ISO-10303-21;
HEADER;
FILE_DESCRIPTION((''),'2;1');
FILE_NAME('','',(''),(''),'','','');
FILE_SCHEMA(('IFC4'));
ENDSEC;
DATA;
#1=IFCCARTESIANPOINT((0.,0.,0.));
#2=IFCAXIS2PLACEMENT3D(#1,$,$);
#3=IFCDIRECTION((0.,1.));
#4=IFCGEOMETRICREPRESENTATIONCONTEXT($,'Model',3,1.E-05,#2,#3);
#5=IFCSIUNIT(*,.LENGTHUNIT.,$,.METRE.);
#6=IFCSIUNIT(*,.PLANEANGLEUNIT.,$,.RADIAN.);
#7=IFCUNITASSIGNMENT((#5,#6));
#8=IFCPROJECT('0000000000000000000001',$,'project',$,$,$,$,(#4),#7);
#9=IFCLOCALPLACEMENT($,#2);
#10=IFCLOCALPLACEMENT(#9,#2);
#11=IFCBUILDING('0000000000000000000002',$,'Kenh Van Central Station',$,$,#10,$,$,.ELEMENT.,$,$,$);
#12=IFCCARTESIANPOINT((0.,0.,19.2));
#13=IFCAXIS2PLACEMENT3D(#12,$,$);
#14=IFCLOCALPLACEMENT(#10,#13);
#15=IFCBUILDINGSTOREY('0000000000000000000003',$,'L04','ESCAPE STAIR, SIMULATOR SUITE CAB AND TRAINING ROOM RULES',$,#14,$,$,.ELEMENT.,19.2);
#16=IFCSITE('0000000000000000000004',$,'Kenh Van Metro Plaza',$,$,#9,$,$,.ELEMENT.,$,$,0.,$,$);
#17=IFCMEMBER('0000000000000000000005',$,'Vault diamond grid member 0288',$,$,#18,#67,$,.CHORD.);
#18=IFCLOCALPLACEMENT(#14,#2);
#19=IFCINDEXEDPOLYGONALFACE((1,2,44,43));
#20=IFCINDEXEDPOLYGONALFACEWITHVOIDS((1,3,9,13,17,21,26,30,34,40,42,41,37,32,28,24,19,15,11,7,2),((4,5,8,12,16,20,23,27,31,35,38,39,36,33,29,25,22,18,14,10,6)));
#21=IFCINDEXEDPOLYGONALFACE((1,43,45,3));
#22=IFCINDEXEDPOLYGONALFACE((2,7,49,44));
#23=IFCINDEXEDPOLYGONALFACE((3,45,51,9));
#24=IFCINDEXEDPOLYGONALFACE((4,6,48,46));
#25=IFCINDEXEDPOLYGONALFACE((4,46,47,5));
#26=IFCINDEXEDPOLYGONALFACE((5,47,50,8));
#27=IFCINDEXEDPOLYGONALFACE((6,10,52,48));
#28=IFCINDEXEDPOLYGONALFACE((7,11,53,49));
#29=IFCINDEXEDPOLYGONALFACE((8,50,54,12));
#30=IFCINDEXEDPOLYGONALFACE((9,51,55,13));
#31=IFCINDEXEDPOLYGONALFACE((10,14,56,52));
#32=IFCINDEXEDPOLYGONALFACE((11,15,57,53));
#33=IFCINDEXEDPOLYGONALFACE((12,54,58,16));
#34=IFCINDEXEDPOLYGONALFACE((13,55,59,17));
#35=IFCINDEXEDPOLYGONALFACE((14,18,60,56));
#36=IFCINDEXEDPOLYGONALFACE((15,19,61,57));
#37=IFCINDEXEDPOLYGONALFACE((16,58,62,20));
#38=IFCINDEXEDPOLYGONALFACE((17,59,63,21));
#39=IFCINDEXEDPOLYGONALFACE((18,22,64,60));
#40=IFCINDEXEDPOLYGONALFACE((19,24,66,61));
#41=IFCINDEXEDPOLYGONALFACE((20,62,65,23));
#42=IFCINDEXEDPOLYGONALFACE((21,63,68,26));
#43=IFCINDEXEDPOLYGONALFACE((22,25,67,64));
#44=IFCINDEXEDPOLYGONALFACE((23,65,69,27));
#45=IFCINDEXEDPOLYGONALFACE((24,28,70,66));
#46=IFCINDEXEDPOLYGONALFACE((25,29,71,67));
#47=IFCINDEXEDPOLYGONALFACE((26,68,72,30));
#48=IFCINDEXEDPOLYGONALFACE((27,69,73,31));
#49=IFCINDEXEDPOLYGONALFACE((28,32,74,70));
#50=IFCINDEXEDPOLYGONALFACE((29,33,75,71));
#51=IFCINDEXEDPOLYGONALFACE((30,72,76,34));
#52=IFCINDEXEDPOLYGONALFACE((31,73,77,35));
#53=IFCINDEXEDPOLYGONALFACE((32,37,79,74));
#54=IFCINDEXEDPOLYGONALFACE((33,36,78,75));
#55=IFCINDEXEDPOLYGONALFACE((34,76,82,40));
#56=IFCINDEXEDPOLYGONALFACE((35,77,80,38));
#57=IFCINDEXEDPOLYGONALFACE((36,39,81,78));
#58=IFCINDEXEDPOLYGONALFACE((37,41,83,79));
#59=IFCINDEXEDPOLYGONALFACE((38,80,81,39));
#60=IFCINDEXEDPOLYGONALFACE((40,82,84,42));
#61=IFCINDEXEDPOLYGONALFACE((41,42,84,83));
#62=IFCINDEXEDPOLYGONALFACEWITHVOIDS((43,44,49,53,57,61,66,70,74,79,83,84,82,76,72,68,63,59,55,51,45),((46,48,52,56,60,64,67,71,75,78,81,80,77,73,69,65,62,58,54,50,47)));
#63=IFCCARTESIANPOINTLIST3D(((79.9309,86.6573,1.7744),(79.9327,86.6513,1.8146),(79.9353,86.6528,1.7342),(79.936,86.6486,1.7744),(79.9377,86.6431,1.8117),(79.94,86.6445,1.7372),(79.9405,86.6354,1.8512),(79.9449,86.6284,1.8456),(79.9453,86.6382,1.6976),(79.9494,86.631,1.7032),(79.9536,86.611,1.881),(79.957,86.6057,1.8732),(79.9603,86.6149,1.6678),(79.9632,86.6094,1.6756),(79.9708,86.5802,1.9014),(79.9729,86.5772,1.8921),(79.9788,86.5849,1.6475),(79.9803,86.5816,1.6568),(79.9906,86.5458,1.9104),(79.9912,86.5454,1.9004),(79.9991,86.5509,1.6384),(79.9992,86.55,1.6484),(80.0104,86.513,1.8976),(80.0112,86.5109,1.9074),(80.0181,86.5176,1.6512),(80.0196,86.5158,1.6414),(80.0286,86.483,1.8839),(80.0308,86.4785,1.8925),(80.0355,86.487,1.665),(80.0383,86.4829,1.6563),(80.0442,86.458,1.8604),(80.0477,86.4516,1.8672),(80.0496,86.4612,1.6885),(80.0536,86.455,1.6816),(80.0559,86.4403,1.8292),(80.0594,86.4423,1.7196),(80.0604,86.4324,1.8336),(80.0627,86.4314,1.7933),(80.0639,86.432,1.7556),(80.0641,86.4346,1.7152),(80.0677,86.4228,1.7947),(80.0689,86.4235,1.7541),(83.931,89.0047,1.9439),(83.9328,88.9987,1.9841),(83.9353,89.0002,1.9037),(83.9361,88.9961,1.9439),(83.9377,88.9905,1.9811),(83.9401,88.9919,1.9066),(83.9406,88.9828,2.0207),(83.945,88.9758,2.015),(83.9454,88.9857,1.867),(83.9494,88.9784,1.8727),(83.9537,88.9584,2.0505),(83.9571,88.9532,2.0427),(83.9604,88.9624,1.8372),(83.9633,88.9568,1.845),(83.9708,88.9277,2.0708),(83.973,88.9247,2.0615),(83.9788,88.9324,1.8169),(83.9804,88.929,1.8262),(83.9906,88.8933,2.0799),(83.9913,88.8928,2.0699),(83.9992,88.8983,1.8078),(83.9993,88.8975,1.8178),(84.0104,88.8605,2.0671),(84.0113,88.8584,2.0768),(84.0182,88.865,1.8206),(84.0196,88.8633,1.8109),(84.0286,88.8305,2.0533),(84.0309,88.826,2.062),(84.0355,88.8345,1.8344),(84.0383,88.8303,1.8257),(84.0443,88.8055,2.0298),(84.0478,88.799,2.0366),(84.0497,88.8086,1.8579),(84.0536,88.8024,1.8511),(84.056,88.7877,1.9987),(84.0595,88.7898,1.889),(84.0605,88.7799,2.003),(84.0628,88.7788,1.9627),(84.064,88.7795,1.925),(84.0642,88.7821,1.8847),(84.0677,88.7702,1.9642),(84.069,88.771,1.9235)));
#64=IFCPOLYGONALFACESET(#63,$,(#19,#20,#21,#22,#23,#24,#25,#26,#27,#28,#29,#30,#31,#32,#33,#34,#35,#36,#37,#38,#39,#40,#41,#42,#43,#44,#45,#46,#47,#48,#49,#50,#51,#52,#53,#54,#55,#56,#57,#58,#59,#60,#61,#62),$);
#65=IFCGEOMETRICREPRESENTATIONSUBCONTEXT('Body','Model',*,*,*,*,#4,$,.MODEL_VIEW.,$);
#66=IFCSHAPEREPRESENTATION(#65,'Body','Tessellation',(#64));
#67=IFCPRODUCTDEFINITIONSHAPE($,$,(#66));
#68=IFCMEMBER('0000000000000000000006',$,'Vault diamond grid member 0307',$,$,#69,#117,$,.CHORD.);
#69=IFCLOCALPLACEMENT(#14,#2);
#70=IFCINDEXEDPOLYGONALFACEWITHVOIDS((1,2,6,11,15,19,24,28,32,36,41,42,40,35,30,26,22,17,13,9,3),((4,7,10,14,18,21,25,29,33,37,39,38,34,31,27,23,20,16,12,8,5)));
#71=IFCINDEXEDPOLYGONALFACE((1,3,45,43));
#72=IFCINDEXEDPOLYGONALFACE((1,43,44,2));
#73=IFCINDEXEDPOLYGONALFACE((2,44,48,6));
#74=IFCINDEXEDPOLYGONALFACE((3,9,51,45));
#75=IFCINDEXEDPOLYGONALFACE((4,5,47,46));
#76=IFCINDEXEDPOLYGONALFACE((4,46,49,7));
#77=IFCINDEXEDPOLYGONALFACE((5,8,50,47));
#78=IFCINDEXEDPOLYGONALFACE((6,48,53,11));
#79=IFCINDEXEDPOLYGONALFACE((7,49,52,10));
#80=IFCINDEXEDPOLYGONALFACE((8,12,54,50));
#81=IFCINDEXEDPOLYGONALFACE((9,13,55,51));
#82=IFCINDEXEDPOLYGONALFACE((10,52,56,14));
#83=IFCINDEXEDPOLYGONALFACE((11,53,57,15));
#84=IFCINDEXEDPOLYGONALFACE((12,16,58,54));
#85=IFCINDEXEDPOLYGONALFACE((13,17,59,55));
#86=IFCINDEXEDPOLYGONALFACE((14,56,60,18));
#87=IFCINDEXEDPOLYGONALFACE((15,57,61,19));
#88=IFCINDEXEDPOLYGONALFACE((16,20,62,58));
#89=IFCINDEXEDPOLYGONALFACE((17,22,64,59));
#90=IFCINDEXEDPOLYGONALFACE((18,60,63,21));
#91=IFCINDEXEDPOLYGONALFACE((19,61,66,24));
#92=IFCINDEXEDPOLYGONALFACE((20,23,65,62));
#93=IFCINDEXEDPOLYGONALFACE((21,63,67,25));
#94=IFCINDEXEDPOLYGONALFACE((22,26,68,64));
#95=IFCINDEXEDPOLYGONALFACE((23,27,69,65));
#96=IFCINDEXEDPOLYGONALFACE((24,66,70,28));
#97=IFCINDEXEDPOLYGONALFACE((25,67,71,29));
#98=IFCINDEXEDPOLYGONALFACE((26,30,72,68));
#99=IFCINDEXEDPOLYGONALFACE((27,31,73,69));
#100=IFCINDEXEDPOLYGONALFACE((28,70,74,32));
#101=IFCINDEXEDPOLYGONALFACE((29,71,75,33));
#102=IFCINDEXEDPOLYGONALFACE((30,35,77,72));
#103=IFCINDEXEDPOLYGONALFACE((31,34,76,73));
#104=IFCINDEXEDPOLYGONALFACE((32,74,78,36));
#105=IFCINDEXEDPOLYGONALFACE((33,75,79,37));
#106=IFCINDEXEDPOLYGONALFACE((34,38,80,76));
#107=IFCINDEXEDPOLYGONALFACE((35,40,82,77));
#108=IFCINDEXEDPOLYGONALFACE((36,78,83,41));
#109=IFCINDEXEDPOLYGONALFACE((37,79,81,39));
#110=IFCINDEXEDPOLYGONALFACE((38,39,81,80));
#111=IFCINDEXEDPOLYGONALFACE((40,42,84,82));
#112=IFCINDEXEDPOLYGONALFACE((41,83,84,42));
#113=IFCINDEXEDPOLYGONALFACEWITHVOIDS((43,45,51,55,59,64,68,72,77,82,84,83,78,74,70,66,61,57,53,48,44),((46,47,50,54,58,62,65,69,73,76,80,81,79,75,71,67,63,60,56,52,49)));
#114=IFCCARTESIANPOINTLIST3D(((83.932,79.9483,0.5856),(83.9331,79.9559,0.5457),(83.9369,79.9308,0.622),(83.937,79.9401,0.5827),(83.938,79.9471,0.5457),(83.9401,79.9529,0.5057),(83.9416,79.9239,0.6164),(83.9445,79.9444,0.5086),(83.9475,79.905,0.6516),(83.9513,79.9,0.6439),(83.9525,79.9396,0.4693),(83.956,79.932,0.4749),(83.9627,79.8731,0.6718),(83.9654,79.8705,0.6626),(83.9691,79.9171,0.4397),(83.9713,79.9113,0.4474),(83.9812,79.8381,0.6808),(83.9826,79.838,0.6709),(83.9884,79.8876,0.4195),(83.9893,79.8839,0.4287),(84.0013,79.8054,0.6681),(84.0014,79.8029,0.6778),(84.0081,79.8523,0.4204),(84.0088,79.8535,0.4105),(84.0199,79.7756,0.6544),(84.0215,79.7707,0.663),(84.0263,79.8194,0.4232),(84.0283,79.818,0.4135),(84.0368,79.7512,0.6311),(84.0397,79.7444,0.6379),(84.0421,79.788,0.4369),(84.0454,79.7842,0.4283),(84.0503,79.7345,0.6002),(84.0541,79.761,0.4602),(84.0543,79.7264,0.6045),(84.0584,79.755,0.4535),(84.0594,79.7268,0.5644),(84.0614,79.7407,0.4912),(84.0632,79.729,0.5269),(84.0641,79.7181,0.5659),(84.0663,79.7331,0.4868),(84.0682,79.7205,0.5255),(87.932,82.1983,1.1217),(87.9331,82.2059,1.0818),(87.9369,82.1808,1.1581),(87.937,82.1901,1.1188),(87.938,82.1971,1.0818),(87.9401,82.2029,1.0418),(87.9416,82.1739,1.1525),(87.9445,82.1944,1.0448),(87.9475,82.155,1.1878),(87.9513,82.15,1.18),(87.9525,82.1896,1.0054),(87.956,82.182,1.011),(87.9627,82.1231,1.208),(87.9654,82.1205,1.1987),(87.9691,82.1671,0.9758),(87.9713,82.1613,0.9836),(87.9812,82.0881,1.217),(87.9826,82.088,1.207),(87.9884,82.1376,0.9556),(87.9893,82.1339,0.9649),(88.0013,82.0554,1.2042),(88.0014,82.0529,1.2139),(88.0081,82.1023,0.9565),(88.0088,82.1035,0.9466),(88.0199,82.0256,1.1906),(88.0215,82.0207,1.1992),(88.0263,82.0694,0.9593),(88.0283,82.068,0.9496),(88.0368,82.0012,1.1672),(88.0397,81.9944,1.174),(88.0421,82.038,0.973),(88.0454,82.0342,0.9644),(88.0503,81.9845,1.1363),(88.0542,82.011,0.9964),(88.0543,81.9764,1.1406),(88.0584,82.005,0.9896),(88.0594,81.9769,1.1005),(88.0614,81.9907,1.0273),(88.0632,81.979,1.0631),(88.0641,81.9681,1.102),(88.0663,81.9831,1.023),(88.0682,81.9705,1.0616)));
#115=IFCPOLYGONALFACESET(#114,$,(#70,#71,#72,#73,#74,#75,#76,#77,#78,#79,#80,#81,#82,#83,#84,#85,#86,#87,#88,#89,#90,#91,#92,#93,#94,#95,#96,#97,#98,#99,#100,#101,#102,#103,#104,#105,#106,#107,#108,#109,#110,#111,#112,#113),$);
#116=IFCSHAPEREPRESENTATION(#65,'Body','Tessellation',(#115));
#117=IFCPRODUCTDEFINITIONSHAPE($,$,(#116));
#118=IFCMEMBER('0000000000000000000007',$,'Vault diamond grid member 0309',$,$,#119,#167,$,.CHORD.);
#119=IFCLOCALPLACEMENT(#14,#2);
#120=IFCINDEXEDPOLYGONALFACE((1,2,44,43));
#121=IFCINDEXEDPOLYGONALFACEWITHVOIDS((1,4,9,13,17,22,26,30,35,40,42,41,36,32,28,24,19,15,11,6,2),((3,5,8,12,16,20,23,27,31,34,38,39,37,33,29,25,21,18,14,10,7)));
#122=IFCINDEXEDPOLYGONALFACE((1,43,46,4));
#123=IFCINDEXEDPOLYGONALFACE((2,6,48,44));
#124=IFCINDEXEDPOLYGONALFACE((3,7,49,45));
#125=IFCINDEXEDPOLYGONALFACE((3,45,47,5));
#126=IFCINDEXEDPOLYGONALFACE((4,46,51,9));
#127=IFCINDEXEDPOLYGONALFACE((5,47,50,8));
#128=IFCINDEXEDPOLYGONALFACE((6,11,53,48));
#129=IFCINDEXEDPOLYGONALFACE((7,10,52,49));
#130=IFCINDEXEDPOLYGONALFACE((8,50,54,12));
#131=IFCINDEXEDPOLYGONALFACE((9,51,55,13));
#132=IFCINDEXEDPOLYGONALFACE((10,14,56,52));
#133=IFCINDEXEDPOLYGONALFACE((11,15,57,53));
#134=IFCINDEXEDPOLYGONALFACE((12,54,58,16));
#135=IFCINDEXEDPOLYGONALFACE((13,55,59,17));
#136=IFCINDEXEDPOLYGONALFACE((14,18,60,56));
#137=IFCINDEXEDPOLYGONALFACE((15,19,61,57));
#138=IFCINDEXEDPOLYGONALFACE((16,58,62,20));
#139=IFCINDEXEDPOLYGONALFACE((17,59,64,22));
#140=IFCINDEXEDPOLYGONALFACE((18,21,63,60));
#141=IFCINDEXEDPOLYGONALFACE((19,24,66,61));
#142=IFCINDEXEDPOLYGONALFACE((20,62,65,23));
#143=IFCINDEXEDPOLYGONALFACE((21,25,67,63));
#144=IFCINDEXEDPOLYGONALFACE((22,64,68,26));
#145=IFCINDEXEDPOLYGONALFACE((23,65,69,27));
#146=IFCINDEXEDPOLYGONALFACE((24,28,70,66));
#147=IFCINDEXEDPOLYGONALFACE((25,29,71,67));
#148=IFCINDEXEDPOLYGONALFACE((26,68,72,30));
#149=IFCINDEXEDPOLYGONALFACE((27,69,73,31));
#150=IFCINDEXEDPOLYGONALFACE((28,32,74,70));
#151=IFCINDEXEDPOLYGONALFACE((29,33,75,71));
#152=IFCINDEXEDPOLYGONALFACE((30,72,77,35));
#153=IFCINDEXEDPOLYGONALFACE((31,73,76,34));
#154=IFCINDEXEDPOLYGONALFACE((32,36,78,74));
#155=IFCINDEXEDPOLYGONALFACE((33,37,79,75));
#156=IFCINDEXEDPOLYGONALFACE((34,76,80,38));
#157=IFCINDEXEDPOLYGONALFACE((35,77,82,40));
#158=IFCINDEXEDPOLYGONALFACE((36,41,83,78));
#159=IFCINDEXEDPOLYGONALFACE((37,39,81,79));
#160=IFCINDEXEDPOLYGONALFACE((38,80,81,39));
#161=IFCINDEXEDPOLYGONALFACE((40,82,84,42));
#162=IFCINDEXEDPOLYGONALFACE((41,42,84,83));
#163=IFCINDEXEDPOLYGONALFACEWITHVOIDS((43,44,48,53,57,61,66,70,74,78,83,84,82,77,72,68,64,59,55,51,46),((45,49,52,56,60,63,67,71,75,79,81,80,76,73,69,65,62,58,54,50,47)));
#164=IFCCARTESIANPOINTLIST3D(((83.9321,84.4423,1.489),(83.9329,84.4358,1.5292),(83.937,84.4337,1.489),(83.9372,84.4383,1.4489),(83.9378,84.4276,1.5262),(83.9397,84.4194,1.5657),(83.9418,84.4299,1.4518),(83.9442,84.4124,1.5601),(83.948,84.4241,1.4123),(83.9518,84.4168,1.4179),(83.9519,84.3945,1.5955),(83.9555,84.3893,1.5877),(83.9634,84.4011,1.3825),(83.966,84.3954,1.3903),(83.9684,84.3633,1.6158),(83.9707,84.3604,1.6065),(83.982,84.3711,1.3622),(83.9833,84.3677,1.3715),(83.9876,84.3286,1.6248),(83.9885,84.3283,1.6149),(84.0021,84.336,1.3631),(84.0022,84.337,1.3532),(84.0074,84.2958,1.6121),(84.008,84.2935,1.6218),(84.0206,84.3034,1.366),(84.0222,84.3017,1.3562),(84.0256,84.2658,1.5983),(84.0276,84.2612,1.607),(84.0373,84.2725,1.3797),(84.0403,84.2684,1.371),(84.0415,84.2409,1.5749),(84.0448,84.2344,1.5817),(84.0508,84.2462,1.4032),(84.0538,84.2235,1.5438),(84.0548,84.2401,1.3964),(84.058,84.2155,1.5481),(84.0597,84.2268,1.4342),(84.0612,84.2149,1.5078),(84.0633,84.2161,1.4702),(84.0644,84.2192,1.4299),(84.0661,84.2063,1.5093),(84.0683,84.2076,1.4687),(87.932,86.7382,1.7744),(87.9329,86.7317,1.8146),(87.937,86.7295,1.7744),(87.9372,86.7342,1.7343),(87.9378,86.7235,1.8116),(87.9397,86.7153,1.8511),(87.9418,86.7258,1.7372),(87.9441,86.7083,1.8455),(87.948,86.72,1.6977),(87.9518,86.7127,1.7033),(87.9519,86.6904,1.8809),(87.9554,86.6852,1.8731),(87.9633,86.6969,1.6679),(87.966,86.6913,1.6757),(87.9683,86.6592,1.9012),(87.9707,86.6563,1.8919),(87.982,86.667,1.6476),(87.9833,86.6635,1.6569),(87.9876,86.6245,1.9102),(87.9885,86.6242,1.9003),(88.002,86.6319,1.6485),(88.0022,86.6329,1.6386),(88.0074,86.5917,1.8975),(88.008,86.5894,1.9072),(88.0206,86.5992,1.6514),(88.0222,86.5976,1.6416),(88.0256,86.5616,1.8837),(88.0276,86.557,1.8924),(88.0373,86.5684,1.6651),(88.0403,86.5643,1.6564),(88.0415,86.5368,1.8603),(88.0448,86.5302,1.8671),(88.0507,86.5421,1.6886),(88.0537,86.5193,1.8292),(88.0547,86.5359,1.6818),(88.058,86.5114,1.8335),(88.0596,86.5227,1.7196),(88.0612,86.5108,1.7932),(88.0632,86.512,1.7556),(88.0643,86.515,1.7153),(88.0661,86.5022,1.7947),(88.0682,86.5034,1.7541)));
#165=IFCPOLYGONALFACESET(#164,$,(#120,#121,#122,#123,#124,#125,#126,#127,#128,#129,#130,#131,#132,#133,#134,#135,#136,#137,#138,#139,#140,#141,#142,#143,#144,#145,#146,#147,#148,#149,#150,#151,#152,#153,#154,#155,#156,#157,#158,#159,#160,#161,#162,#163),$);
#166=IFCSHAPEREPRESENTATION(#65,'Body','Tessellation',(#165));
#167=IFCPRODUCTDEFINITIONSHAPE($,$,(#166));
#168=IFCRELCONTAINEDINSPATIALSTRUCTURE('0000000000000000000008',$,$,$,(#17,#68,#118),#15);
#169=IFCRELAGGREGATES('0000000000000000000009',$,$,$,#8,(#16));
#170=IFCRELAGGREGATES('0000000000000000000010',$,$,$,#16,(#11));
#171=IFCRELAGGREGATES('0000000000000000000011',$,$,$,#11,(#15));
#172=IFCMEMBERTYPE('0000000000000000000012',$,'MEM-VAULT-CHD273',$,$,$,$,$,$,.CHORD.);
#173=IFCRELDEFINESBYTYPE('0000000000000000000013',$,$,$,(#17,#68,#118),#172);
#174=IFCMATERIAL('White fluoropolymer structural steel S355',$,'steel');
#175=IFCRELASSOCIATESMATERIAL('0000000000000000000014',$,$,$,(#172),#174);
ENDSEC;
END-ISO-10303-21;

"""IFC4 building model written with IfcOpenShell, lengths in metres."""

from ifc_helpers import new_model, si_unit, direction, frame, origin, origin_2d, place, context, subcontext, project, spatial, hollow_circle, extrude, material, material_profile, profile_set, type_object, element, save


model = new_model("IFC4")

# Units and contexts
model_context = context("Model", 3, precision=1e-05, world=origin(), true_north=direction((0.0, 1.0)))
body_context = subcontext(model_context, "Body", "Model", "MODEL_VIEW")
ifc_project = project(units=[si_unit("LENGTHUNIT", "METRE"), si_unit("PLANEANGLEUNIT", "RADIAN")], contexts=[model_context])

# Site, building, storey
site_placement = place(None, origin())
site = spatial("IfcSite", under=ifc_project, at=site_placement, Name="Kenh Van Metro Plaza", CompositionType="ELEMENT", RefElevation=0.0)
building_placement = place(site_placement, origin())
building = spatial("IfcBuilding", under=site, at=building_placement, Name="Kenh Van Central Station", CompositionType="ELEMENT")
storey_placement = place(building_placement, frame((0.0, 0.0, 19.2)))
storey = spatial("IfcBuildingStorey", under=building, at=storey_placement, Name="L04", Description="ESCAPE STAIR, SIMULATOR SUITE CAB AND TRAINING ROOM RULES", CompositionType="ELEMENT", Elevation=19.2)

# Shared definitions
ifc_material_1 = material(Name="White fluoropolymer structural steel S355", Category="steel")

# Members
ifc_material_profile_1 = material_profile(ifc_material_1, hollow_circle(Radius=0.1365, WallThickness=0.01, at=origin_2d()), Name="CHS 273x10")
ifc_profile_set_1 = profile_set([ifc_material_profile_1], Name="White fluoropolymer structural steel S355")
member_type_1 = type_object("IfcMemberType", Name="MEM-VAULT-CHD273", PredefinedType="CHORD", material=ifc_profile_set_1)
member_1_placement = place(storey_placement, frame((80.0, 86.5396, 1.7744), z_axis=(0.86188, 0.505797, 0.036508), x_axis=(-0.506134, 0.862455, 0.0)))
element("IfcMember", 1, at=member_1_placement, inside=storey, type_object=member_type_1, Name="Vault diamond grid member 0288", PredefinedType="CHORD", context=body_context, shape_type="SweptSolid", body=[
    extrude(hollow_circle(Radius=0.1365, WallThickness=0.01, at=origin_2d()), origin(), (0.0, 0.0, 1.0), 4.6411),
])
member_2_placement = place(storey_placement, frame((84.0, 79.8369, 0.5457), z_axis=(0.865689, 0.48695, 0.116031), x_axis=(-0.490261, 0.871576, 0.0)))
element("IfcMember", 2, at=member_2_placement, inside=storey, type_object=member_type_1, Name="Vault diamond grid member 0307", PredefinedType="CHORD", context=body_context, shape_type="SweptSolid", body=[
    extrude(hollow_circle(Radius=0.1365, WallThickness=0.01, at=origin_2d()), origin(), (0.0, 0.0, 1.0), 4.6206),
])
for number, where, z_axis, x_axis, name in (
    (3, (84.0, 84.324, 1.489), (0.865635, 0.496852, 0.061763), (-0.497803, 0.86729, 0.0), "Vault diamond grid member 0309"),
):
    element("IfcMember", number, at=place(storey_placement, frame(where, z_axis=z_axis, x_axis=x_axis)), inside=storey, type_object=member_type_1, Name=name, PredefinedType="CHORD", context=body_context, shape_type="SweptSolid", body=[
        extrude(hollow_circle(Radius=0.1365, WallThickness=0.01, at=origin_2d()), origin(), (0.0, 0.0, 1.0), 4.6208),
    ])

save(model, "model.ifc")
